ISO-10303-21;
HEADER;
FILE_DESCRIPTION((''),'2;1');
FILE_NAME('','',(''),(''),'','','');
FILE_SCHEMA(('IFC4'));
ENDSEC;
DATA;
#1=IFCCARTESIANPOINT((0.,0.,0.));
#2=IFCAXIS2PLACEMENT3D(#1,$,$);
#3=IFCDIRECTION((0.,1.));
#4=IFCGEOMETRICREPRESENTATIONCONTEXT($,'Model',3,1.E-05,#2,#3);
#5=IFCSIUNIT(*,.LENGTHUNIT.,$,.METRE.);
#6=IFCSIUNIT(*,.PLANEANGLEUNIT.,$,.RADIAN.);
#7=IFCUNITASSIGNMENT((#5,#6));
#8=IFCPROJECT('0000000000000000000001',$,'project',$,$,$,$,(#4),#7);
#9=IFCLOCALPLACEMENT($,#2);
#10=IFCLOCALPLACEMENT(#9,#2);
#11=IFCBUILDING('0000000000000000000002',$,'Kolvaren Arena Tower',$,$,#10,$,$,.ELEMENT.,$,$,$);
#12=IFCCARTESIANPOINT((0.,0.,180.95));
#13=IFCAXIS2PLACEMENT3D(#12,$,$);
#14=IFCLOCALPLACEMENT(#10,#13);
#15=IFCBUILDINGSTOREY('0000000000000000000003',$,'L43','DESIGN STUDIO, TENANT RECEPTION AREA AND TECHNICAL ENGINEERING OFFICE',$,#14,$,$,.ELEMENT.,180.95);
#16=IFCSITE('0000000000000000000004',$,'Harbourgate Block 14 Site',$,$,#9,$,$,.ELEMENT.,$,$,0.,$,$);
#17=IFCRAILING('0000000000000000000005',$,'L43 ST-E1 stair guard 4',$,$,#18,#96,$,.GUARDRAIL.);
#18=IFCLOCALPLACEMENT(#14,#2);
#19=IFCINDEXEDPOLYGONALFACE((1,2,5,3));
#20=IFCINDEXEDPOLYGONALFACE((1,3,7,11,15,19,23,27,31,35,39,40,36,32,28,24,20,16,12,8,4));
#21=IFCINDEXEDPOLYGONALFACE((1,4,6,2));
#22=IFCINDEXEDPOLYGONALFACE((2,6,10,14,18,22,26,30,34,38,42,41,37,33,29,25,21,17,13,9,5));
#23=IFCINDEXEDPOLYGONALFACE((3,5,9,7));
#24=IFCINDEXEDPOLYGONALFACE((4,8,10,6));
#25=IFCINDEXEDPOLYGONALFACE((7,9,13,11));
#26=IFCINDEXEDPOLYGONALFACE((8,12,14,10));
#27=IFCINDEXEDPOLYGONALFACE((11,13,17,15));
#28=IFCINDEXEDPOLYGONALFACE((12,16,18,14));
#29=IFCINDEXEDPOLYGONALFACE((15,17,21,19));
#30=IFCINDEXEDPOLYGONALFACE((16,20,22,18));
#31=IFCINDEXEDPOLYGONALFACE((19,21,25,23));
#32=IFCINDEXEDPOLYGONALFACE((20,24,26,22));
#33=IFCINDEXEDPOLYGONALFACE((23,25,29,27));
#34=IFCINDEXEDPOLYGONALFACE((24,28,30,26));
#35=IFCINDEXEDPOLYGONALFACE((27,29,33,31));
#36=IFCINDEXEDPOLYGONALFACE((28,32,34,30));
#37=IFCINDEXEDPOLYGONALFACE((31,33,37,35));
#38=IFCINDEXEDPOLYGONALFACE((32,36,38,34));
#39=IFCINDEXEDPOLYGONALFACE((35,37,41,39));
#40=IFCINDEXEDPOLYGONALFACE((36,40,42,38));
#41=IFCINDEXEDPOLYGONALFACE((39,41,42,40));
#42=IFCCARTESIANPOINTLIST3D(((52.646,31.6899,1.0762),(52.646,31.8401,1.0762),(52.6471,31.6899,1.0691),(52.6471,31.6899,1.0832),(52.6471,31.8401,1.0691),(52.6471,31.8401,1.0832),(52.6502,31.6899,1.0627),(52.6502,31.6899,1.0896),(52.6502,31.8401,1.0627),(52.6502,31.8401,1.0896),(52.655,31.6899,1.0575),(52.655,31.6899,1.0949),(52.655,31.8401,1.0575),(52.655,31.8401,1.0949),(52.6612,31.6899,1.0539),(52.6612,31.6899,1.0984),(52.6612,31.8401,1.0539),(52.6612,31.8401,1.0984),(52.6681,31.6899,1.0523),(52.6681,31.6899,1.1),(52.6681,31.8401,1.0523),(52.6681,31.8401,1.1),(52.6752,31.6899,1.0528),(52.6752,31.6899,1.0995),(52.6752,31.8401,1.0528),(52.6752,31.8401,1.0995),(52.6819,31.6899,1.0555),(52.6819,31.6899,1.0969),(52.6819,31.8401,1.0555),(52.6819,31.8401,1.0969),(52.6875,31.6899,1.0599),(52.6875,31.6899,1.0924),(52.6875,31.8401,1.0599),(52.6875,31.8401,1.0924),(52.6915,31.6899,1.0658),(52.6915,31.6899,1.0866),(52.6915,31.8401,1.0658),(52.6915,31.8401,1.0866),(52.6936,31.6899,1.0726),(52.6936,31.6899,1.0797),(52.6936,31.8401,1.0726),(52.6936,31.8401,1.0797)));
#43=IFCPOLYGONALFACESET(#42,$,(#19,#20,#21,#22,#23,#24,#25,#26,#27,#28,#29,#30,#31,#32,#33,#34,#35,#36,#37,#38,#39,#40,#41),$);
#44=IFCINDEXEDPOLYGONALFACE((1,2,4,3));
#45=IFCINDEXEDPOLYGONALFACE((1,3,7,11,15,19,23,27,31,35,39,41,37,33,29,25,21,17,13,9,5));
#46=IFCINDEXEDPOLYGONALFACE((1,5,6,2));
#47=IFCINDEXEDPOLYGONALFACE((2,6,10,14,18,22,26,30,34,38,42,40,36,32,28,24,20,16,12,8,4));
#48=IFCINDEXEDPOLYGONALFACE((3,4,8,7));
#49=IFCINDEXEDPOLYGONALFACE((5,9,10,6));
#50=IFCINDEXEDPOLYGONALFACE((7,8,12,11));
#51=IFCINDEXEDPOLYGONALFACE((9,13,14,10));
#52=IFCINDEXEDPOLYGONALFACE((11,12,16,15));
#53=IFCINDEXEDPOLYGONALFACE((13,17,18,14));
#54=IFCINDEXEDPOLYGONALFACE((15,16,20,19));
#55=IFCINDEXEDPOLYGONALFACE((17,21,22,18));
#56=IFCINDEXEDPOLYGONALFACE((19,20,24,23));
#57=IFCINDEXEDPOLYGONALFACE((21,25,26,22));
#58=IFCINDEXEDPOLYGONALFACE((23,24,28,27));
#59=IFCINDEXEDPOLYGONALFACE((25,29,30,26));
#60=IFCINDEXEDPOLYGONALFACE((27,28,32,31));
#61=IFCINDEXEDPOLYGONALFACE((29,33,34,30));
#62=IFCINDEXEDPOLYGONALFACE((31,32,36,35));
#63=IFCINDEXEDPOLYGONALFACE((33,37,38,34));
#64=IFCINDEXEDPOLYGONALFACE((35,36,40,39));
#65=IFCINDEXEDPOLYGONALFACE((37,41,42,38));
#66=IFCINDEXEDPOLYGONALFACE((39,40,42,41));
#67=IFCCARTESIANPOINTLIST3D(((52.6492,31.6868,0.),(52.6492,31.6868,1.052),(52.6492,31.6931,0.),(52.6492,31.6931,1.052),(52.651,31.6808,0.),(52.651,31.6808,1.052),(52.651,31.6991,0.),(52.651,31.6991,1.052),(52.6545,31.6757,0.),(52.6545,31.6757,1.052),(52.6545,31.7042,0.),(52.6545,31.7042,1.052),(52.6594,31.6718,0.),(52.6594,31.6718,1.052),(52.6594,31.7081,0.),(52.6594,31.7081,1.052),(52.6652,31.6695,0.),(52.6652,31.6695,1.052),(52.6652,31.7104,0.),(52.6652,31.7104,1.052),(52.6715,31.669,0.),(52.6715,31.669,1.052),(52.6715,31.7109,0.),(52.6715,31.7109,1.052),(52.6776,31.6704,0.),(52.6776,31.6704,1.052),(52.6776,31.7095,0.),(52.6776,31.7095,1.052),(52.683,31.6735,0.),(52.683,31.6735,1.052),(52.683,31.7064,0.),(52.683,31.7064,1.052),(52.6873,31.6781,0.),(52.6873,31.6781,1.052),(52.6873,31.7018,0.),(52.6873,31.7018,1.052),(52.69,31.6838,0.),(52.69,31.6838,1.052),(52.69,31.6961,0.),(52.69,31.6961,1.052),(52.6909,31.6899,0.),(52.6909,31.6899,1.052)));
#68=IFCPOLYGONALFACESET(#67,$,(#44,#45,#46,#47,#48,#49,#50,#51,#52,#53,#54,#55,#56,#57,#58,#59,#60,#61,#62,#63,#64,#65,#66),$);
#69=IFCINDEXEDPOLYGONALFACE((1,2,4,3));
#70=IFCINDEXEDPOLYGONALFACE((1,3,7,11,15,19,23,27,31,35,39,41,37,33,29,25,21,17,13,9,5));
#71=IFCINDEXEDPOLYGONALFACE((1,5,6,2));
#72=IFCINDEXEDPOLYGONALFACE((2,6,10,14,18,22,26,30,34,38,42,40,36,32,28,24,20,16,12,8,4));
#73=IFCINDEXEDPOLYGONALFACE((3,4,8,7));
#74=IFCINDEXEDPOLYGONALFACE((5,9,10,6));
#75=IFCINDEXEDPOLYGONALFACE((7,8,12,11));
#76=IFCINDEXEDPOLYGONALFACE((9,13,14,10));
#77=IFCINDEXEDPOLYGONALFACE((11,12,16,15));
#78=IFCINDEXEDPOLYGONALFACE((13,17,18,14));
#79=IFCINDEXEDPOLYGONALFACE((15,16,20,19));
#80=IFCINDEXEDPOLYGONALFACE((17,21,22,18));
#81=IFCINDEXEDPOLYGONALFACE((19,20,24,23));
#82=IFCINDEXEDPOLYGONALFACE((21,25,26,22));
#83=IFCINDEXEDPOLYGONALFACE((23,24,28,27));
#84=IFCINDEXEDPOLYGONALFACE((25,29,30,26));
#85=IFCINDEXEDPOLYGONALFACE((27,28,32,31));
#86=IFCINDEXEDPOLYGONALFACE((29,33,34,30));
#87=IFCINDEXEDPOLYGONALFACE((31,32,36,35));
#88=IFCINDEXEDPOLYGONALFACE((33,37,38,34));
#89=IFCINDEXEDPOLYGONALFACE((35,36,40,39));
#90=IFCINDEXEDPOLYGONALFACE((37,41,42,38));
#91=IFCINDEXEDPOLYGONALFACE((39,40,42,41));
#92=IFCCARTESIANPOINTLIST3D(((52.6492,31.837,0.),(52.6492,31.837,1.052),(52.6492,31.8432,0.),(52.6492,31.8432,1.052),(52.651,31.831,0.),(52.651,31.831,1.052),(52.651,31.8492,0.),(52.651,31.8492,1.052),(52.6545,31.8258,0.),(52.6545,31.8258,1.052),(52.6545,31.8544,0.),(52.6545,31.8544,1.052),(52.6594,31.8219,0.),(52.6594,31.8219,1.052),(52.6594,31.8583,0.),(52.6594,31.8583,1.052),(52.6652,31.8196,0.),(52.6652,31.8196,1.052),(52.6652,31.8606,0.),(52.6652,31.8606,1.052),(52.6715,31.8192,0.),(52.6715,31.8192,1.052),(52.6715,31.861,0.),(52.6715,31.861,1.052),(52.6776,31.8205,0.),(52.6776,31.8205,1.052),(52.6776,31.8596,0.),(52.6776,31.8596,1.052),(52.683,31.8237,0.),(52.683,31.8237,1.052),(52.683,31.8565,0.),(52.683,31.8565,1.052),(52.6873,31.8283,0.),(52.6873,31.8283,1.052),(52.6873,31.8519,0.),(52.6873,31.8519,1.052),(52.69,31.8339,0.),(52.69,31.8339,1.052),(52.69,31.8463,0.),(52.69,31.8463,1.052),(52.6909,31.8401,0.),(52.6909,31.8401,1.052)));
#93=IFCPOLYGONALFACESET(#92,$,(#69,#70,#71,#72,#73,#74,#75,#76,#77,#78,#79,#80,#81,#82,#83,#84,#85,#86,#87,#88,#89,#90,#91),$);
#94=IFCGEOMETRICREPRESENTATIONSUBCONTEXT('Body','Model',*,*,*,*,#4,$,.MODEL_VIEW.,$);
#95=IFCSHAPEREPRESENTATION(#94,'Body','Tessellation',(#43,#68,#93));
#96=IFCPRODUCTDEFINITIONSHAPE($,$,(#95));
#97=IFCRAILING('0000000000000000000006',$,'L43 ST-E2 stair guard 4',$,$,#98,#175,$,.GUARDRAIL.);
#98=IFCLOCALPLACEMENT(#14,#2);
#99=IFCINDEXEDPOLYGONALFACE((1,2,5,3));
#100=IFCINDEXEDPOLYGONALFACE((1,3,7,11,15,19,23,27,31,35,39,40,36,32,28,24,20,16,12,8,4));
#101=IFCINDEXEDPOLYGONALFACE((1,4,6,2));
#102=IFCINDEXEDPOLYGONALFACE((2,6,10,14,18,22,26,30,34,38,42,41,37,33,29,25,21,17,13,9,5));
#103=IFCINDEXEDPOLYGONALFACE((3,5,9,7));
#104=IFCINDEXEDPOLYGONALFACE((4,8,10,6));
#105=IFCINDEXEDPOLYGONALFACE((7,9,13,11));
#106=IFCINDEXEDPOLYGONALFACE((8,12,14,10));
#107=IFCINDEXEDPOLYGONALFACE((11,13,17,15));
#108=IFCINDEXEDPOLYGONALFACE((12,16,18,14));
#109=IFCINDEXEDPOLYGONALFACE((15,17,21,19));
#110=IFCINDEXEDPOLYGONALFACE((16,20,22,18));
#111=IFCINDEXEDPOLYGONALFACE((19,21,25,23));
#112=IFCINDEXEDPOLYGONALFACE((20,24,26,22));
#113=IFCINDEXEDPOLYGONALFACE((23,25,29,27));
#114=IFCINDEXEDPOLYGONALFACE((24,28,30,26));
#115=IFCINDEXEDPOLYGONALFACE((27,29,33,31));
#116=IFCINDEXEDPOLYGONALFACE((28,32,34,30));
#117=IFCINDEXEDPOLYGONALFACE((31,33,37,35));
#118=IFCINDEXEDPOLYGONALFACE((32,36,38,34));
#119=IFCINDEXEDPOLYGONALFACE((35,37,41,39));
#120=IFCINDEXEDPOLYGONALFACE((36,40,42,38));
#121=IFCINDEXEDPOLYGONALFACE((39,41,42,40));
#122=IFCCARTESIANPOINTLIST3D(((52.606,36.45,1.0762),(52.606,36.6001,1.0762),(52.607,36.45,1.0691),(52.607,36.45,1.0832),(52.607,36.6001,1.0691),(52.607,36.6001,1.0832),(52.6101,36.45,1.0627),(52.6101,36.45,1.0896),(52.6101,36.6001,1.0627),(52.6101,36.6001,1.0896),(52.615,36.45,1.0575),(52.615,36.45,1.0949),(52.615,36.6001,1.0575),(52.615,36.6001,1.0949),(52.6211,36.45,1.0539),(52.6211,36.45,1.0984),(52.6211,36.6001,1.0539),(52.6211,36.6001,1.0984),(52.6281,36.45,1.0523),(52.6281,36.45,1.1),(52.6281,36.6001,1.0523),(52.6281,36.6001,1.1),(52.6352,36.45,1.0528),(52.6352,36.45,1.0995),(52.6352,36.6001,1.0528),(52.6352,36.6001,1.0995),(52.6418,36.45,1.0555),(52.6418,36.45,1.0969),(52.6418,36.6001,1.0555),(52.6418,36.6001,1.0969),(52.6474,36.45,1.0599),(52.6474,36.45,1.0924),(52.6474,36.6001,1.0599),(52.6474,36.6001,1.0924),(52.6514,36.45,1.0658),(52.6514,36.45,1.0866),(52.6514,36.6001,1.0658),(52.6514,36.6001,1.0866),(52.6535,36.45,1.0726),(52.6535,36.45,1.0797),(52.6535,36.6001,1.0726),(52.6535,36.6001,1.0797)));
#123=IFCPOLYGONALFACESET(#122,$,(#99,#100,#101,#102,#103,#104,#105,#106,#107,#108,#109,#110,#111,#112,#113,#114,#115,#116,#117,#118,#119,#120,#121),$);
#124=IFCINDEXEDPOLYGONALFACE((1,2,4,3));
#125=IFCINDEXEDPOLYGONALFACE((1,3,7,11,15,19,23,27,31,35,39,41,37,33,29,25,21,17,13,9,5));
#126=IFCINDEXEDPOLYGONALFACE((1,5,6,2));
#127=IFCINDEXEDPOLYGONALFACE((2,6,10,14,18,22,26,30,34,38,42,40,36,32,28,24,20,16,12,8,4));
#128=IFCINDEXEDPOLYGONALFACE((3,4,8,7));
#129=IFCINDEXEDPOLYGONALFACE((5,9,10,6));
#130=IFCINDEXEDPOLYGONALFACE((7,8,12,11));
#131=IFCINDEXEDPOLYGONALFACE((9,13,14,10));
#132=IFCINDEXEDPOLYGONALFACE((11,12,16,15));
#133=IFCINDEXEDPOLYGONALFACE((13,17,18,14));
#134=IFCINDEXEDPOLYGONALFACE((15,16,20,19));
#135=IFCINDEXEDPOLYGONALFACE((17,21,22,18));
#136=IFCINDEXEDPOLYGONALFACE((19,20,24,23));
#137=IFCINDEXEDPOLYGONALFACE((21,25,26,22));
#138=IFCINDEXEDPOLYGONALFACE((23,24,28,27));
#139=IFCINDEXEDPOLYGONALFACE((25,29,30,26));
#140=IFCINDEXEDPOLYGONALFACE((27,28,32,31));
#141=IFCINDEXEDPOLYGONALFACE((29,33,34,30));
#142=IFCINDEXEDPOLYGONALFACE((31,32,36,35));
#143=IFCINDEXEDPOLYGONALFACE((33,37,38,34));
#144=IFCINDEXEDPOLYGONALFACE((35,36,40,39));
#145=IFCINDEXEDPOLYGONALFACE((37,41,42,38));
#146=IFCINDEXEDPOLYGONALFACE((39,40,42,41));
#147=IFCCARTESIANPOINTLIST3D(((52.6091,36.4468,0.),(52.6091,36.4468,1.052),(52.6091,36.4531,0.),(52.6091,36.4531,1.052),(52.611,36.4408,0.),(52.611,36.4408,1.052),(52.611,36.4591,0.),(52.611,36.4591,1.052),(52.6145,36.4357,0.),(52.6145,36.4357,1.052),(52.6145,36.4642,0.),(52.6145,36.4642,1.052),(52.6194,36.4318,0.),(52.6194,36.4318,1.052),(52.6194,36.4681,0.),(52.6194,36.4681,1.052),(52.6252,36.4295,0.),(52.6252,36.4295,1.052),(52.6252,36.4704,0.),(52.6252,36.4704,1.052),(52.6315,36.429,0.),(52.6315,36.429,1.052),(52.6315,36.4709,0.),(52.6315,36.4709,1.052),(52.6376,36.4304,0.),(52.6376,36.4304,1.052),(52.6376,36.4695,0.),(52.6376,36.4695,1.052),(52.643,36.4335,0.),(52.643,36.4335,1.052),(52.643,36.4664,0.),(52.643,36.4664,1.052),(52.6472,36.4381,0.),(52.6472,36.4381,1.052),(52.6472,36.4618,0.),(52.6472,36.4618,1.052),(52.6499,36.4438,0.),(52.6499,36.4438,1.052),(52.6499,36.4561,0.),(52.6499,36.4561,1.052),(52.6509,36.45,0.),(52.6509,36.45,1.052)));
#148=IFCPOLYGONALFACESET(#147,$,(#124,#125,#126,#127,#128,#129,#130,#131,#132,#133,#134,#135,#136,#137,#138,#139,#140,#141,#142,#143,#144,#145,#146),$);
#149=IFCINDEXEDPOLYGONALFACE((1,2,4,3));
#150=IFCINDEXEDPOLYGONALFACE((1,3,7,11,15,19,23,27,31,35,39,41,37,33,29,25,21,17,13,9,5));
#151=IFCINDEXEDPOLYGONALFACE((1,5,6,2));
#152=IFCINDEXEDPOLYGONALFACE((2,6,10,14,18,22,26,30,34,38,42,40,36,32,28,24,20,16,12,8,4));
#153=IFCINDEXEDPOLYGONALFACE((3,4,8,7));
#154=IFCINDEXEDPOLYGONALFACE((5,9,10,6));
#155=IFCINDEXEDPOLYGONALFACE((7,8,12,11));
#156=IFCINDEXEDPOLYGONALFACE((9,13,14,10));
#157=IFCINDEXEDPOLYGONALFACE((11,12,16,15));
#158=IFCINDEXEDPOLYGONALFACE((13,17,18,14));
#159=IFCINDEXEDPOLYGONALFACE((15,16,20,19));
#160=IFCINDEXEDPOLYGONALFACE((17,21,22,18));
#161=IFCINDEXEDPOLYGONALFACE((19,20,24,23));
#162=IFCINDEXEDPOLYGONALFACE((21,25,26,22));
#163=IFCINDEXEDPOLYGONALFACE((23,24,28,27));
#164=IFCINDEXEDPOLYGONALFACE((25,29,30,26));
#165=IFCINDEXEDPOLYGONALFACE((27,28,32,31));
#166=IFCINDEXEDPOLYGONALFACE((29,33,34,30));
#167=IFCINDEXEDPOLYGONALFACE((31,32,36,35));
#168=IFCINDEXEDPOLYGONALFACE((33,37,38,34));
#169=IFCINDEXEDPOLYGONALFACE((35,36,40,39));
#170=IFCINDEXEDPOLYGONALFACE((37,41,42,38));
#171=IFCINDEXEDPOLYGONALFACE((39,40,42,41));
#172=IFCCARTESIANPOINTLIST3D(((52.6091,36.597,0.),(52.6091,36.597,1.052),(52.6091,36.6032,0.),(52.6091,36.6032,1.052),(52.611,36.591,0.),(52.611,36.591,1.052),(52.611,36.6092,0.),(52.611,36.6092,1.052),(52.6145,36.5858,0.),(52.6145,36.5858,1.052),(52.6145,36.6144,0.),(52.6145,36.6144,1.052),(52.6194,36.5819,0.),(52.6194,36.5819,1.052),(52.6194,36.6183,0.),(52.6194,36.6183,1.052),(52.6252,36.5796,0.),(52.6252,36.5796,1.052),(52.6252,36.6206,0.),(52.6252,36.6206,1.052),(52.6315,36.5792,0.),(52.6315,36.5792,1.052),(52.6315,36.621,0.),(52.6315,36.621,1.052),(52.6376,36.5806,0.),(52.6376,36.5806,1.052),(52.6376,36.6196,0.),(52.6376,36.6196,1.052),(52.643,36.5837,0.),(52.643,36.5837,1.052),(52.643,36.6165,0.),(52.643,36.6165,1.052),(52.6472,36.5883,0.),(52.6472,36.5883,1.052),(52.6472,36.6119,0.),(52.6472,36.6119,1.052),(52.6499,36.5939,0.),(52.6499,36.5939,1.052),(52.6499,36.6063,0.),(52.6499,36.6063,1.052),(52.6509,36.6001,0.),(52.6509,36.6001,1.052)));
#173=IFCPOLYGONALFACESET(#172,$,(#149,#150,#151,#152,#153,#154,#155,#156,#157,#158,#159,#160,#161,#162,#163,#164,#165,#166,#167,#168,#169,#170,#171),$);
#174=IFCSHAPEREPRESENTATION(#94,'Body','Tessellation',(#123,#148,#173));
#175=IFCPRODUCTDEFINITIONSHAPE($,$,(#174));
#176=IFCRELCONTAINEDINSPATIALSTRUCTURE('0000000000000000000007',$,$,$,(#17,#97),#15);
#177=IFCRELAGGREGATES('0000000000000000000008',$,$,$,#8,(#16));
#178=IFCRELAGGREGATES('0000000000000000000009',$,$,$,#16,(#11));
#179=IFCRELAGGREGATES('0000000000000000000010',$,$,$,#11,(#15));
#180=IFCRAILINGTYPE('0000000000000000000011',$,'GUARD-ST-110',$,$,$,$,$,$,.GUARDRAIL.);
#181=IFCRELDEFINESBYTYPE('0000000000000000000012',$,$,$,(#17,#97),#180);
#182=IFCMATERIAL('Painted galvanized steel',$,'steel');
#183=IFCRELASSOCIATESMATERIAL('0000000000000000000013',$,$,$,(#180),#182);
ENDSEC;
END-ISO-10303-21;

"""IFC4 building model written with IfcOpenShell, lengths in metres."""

from ifc_helpers import new_model, si_unit, direction, frame, origin, origin_2d, place, context, subcontext, project, spatial, circle, extrude, material, type_object, element, save


model = new_model("IFC4")

# Units and contexts
model_context = context("Model", 3, precision=1e-05, world=origin(), true_north=direction((0.0, 1.0)))
body_context = subcontext(model_context, "Body", "Model", "MODEL_VIEW")
ifc_project = project(units=[si_unit("LENGTHUNIT", "METRE"), si_unit("PLANEANGLEUNIT", "RADIAN")], contexts=[model_context])

# Site, building, storey
site_placement = place(None, origin())
site = spatial("IfcSite", under=ifc_project, at=site_placement, Name="Harbourgate Block 14 Site", CompositionType="ELEMENT", RefElevation=0.0)
building_placement = place(site_placement, origin())
building = spatial("IfcBuilding", under=site, at=building_placement, Name="Kolvaren Arena Tower", CompositionType="ELEMENT")
storey_placement = place(building_placement, frame((0.0, 0.0, 180.95)))
storey = spatial("IfcBuildingStorey", under=building, at=storey_placement, Name="L43", Description="DESIGN STUDIO, TENANT RECEPTION AREA AND TECHNICAL ENGINEERING OFFICE", CompositionType="ELEMENT", Elevation=180.95)

# Railings
ifc_material_1 = material(Name="Painted galvanized steel", Category="steel")
railing_type_1 = type_object("IfcRailingType", Name="GUARD-ST-110", PredefinedType="GUARDRAIL", material=ifc_material_1)
for number, where, name in (
    (1, (52.6699, 31.6899, 0.0), "L43 ST-E1 stair guard 4"),
    (2, (52.6299, 36.45, 0.0), "L43 ST-E2 stair guard 4"),
):
    element("IfcRailing", number, at=place(storey_placement, frame(where)), inside=storey, type_object=railing_type_1, Name=name, PredefinedType="GUARDRAIL", context=body_context, shape_type="SweptSolid", body=[
        extrude(circle(Radius=0.0239, at=origin_2d()), frame((0.0, 0.0, 1.0762), z_axis=(0.0, 1.0, 0.0), x_axis=(-1.0, 0.0, 0.0)), (0.0, 0.0, 1.0), 0.1501),
        extrude(circle(Radius=0.021, at=origin_2d()), origin(), (0.0, 0.0, 1.0), 1.052),
        extrude(circle(Radius=0.021, at=origin_2d()), frame((0.0, 0.1501, 0.0)), (0.0, 0.0, 1.0), 1.052),
    ])

save(model, "model.ifc")
